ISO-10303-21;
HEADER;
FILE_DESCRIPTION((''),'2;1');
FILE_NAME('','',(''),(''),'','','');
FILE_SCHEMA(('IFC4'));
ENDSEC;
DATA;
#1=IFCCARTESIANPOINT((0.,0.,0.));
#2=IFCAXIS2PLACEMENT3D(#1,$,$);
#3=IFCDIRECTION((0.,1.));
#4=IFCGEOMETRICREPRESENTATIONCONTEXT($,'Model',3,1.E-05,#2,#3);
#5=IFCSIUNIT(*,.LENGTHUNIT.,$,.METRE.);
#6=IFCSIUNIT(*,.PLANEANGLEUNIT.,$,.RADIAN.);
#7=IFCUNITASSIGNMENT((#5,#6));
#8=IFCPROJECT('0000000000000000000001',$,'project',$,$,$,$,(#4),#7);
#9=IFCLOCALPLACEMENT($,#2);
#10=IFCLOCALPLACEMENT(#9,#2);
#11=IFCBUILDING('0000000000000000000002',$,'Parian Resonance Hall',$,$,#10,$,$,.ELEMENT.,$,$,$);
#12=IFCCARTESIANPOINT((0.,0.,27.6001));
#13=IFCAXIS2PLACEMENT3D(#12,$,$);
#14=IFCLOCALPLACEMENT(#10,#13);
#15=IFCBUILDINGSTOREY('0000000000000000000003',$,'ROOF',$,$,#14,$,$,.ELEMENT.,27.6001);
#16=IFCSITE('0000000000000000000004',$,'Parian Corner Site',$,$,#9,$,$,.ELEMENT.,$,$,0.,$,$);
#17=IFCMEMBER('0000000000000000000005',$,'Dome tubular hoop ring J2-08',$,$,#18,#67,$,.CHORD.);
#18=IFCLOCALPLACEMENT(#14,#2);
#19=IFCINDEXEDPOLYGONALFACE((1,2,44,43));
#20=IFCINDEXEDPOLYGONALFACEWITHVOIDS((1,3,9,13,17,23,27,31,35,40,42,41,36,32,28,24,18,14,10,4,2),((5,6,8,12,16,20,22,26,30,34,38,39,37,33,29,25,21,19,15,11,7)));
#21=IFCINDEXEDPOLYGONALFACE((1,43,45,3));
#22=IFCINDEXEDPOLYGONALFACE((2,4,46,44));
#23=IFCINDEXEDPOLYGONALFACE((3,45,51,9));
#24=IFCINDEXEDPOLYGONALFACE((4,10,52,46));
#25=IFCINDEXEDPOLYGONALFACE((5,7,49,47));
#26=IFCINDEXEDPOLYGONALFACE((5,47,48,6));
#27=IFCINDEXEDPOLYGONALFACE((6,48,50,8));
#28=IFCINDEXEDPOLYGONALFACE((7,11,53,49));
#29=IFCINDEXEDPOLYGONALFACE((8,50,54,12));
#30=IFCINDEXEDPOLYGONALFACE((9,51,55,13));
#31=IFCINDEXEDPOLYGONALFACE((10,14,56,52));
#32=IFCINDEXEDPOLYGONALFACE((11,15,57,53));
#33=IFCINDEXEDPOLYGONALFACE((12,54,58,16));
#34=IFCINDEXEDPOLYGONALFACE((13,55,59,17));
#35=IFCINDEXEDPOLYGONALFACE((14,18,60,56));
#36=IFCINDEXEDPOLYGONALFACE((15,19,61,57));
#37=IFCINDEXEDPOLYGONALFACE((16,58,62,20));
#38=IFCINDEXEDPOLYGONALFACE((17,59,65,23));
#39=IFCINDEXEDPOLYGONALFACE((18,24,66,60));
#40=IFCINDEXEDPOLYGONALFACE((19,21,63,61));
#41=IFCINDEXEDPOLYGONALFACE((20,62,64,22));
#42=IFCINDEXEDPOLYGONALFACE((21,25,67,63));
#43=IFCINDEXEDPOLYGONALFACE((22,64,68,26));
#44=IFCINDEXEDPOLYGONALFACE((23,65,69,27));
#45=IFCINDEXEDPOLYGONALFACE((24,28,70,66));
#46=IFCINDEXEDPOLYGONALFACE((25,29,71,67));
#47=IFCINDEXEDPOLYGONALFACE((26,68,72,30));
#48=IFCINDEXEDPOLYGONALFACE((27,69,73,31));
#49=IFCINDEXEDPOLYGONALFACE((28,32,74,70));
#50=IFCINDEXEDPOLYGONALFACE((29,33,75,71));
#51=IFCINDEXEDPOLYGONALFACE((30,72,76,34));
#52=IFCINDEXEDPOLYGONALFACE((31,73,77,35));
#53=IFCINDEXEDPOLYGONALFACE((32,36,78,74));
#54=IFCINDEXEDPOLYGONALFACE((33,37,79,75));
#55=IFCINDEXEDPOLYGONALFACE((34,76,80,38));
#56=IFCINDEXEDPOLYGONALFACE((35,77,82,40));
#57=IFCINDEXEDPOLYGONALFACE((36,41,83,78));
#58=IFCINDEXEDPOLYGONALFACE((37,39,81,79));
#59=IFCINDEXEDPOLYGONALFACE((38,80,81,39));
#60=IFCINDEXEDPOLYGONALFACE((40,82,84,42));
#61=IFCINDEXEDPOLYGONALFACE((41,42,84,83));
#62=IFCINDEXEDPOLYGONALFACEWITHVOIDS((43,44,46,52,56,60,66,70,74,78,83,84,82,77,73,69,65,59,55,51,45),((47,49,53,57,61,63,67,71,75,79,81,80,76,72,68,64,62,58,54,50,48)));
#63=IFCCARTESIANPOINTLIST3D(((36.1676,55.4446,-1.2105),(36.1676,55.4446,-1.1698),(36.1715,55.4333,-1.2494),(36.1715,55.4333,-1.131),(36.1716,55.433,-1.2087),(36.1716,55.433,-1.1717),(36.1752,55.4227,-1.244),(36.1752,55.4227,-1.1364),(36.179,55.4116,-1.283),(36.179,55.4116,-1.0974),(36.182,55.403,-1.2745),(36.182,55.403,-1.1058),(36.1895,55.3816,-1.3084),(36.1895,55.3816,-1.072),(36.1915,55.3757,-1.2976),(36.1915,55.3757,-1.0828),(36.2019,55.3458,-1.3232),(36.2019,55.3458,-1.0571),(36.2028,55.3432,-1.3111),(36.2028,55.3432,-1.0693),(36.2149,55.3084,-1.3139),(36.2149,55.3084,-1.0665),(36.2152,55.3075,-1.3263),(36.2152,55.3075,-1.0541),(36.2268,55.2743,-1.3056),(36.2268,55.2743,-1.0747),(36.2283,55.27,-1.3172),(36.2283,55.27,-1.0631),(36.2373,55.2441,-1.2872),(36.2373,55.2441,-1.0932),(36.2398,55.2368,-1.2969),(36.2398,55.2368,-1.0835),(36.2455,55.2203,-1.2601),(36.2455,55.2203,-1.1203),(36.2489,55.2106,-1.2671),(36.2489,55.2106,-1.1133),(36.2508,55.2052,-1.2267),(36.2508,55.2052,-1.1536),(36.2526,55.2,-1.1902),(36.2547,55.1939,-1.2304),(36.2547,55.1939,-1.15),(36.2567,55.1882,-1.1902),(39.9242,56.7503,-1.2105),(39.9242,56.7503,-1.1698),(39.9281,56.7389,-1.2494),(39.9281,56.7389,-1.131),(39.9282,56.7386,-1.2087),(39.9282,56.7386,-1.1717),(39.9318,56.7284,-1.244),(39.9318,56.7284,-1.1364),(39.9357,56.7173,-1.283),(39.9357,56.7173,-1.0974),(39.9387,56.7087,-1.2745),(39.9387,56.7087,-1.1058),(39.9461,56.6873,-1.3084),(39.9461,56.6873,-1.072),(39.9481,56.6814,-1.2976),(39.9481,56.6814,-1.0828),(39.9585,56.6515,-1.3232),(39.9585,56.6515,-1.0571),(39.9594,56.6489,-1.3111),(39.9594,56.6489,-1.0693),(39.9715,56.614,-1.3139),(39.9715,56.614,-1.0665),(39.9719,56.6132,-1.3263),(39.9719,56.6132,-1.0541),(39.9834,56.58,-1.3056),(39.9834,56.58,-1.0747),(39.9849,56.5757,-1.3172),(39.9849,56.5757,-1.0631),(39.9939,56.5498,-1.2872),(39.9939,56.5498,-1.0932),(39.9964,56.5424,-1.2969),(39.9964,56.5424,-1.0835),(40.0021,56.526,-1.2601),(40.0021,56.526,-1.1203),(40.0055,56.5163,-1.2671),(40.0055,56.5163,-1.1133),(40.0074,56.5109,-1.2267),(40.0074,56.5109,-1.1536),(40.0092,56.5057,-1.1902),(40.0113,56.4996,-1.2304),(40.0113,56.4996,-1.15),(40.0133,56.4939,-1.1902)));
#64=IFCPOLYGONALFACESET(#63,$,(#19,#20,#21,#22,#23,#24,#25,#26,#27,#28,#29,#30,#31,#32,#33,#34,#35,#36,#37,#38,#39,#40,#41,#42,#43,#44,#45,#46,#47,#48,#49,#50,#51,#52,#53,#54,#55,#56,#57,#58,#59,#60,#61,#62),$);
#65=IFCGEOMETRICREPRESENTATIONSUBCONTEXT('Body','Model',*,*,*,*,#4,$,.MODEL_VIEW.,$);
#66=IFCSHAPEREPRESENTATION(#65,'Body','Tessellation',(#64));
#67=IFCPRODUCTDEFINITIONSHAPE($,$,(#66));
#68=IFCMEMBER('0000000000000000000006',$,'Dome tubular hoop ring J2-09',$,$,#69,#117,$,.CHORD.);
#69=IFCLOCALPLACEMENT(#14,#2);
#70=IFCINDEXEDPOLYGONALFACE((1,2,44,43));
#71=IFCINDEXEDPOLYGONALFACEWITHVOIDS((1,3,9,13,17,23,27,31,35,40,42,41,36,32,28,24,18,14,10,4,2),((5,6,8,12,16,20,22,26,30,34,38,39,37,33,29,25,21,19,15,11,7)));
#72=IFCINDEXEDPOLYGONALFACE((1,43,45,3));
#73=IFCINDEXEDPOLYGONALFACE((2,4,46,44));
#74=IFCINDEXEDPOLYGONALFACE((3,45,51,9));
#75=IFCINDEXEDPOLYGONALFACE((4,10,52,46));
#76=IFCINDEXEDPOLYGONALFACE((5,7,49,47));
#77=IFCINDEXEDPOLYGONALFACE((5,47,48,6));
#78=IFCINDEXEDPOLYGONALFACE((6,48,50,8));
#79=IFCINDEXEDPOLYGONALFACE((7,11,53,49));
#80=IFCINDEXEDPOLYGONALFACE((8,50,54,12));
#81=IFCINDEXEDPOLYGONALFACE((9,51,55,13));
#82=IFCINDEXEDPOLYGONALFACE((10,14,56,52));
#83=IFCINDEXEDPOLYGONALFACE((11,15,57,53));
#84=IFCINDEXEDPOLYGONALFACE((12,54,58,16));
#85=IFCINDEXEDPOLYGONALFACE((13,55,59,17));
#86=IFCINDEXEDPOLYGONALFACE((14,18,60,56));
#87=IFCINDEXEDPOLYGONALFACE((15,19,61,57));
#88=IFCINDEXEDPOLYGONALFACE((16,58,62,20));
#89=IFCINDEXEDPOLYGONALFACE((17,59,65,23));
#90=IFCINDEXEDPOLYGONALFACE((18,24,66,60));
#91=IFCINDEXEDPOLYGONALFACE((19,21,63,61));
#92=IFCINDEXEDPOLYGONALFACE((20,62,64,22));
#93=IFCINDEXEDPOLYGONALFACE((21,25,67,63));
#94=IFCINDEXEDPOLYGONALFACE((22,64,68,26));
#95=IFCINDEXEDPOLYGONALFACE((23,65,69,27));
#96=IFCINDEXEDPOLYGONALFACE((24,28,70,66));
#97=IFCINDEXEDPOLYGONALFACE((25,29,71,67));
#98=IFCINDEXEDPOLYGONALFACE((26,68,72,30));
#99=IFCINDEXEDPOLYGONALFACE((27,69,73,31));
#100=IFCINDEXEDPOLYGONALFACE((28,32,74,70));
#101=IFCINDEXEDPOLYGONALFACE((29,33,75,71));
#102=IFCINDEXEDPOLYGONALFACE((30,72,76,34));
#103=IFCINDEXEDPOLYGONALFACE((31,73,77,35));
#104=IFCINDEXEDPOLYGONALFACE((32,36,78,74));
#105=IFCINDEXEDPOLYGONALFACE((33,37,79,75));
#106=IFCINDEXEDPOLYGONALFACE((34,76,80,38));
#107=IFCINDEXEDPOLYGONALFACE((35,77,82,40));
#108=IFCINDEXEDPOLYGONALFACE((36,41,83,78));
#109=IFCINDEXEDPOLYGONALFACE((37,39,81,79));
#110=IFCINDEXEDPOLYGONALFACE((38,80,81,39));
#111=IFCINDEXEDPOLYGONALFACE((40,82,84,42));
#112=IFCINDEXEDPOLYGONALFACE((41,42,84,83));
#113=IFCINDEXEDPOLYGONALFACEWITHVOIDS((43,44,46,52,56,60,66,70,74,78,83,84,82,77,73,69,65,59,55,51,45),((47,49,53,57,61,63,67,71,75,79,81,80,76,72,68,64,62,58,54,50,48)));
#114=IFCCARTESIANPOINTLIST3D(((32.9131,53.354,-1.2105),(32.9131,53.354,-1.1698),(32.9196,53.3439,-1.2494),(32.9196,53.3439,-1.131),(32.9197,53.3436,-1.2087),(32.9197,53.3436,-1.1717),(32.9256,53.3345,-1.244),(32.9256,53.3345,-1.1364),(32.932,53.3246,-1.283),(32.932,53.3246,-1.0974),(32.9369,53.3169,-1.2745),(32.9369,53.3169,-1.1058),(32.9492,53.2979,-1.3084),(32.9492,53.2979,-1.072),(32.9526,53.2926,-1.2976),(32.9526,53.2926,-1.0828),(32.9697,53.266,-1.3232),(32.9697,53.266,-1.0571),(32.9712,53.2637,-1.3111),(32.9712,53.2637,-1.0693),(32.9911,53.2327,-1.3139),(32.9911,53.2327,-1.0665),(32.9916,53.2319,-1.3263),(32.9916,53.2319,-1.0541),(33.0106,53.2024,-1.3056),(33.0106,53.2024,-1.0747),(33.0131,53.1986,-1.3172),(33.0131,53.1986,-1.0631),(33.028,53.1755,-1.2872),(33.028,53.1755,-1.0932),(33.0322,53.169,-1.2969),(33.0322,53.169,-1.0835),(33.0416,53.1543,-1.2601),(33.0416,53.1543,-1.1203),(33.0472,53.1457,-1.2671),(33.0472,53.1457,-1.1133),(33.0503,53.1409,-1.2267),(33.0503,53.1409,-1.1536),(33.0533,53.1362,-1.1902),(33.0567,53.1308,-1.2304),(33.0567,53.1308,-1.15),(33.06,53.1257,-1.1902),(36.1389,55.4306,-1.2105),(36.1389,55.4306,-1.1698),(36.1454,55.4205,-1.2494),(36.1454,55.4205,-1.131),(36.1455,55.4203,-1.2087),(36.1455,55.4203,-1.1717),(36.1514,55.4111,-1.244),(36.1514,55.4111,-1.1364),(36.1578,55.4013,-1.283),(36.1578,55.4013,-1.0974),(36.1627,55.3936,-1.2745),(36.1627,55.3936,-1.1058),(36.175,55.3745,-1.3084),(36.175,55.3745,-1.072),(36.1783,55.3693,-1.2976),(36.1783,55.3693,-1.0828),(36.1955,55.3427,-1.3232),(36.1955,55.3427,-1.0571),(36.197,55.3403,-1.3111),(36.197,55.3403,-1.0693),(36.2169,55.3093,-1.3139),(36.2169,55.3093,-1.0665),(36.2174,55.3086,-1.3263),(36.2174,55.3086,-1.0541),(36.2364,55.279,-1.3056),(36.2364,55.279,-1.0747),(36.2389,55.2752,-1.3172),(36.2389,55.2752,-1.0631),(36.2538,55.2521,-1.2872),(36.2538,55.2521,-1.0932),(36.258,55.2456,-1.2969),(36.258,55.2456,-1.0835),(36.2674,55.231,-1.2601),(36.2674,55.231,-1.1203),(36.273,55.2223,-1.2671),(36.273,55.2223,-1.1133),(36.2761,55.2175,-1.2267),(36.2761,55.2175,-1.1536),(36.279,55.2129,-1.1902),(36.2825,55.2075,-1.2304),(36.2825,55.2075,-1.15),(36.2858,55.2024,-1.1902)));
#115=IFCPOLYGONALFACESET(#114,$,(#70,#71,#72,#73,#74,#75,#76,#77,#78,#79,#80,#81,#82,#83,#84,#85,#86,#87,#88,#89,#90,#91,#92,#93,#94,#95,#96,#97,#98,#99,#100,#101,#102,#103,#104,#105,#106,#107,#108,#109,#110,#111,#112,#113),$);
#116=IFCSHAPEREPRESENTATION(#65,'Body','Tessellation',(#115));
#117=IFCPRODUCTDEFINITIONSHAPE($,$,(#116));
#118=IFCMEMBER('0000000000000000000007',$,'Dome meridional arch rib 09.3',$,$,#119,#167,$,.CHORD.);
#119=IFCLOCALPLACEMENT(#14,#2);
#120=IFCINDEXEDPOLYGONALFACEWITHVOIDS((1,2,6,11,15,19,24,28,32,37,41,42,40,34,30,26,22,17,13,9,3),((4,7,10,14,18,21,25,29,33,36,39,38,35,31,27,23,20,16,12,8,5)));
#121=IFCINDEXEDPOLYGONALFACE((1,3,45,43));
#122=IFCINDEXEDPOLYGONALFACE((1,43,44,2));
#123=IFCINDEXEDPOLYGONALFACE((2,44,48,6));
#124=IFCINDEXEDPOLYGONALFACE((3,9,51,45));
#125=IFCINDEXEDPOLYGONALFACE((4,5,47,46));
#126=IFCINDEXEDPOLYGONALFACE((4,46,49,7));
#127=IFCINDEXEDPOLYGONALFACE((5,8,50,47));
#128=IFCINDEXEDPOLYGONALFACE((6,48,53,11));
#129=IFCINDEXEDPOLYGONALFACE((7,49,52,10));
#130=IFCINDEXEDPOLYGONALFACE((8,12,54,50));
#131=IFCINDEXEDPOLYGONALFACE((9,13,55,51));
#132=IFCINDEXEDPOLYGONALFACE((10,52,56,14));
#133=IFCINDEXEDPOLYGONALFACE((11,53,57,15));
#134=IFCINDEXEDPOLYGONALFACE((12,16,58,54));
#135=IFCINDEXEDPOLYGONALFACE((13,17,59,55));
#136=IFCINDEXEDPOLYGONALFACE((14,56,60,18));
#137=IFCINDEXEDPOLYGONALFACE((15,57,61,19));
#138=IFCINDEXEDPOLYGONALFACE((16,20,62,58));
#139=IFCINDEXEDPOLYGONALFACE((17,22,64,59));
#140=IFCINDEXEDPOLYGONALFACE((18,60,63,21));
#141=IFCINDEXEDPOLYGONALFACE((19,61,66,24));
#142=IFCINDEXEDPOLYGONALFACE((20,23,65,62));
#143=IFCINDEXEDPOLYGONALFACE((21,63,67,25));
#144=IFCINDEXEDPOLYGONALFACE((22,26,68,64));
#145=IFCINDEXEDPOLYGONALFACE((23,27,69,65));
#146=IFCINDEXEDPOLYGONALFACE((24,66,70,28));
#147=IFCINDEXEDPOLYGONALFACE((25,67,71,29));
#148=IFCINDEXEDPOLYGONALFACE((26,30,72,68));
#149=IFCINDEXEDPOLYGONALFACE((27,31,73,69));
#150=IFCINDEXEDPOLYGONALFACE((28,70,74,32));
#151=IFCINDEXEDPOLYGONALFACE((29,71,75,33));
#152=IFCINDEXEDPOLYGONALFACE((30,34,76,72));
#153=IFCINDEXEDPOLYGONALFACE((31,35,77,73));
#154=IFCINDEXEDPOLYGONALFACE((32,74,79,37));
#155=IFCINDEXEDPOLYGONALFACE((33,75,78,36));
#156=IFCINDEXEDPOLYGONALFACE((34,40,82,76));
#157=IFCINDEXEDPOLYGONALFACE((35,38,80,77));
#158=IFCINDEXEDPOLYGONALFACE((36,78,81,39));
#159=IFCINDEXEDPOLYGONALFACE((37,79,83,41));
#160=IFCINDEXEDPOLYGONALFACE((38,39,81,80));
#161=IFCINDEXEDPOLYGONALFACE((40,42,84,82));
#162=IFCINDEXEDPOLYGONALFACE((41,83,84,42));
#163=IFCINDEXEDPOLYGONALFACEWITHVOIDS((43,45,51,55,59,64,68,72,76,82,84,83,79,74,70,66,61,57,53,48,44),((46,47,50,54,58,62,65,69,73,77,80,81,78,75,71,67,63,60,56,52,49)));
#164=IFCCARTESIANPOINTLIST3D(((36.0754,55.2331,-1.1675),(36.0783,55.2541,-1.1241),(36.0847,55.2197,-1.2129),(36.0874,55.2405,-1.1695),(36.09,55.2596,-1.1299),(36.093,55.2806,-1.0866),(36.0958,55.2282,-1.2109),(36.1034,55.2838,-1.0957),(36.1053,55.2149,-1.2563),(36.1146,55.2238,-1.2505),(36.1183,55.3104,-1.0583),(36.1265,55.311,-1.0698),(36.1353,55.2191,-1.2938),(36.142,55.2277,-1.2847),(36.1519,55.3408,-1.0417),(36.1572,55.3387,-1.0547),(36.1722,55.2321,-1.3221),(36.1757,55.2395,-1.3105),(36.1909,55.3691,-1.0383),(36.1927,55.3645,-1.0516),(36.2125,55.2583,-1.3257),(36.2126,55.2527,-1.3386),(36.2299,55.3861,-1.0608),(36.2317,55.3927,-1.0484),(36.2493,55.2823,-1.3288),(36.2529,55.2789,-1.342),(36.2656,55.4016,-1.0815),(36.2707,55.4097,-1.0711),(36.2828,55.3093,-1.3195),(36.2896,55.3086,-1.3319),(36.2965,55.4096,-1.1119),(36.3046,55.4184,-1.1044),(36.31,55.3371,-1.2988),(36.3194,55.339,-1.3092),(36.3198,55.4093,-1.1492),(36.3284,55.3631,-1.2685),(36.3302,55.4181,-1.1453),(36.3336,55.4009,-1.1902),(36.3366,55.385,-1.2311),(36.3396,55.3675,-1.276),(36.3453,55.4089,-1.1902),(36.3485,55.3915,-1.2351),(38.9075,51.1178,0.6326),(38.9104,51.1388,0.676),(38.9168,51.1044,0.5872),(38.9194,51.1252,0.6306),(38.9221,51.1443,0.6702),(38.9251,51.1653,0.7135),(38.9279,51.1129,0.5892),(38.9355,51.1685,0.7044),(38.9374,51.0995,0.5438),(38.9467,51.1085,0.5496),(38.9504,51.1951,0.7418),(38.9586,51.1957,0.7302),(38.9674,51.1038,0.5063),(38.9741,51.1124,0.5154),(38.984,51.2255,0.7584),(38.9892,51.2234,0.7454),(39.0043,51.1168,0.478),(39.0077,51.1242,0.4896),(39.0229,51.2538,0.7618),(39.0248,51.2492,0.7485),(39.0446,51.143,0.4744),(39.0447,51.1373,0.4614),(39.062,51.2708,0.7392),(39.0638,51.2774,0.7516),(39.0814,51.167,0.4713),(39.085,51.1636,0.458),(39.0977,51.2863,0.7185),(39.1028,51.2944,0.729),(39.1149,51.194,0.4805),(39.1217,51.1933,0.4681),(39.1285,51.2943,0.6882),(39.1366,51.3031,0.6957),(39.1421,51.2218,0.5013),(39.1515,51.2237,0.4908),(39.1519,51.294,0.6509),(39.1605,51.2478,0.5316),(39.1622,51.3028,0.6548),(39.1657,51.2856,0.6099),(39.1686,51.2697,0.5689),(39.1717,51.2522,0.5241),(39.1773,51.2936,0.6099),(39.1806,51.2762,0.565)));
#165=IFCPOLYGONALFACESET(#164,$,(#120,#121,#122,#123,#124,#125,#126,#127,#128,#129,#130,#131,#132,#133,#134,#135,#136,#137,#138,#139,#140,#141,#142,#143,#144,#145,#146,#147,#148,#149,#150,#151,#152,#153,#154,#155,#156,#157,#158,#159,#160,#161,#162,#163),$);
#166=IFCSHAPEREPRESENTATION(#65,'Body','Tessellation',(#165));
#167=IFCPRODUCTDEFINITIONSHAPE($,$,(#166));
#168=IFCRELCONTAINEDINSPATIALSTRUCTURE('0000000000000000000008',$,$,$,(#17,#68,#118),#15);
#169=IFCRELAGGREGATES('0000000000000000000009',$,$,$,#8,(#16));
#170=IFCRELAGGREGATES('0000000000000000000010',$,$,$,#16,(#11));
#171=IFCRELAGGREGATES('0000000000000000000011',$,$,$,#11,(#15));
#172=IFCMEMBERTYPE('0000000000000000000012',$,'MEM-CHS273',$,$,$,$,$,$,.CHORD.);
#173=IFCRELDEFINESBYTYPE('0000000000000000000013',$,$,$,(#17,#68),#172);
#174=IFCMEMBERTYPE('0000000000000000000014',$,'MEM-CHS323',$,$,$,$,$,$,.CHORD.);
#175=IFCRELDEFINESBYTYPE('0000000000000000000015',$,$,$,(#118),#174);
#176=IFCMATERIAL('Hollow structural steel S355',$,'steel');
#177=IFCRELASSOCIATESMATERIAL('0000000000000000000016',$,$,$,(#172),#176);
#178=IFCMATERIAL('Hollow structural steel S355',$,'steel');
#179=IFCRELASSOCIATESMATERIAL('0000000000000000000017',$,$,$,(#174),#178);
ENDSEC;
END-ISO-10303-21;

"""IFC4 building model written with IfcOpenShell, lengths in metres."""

from ifc_helpers import new_model, si_unit, direction, frame, origin, origin_2d, place, context, subcontext, project, spatial, hollow_circle, extrude, material, material_profile, profile_set, type_object, element, save


model = new_model("IFC4")

# Units and contexts
model_context = context("Model", 3, precision=1e-05, world=origin(), true_north=direction((0.0, 1.0)))
body_context = subcontext(model_context, "Body", "Model", "MODEL_VIEW")
ifc_project = project(units=[si_unit("LENGTHUNIT", "METRE"), si_unit("PLANEANGLEUNIT", "RADIAN")], contexts=[model_context])

# Site, building, storey
site_placement = place(None, origin())
site = spatial("IfcSite", under=ifc_project, at=site_placement, Name="Parian Corner Site", CompositionType="ELEMENT", RefElevation=0.0)
building_placement = place(site_placement, origin())
building = spatial("IfcBuilding", under=site, at=building_placement, Name="Parian Resonance Hall", CompositionType="ELEMENT")
storey_placement = place(building_placement, frame((0.0, 0.0, 27.6001)))
storey = spatial("IfcBuildingStorey", under=building, at=storey_placement, Name="ROOF", CompositionType="ELEMENT", Elevation=27.6001)

# Members
ifc_material_1 = material(Name="Hollow structural steel S355", Category="steel")
ifc_material_profile_1 = material_profile(ifc_material_1, hollow_circle(Radius=0.1365, WallThickness=0.0125, at=origin_2d()), Name="CHS273x12.5")
ifc_profile_set_1 = profile_set([ifc_material_profile_1], Name="Hollow structural steel S355")
member_type_1 = type_object("IfcMemberType", Name="MEM-CHS273", PredefinedType="CHORD", material=ifc_profile_set_1)
member_1_placement = place(storey_placement, frame((39.9685, 56.6228, -1.1902), z_axis=(-0.944573, -0.328302, 0.0), x_axis=(0.328302, -0.944573, 0.0)))
element("IfcMember", 1, at=member_1_placement, inside=storey, type_object=member_type_1, Name="Dome tubular hoop ring J2-08", PredefinedType="CHORD", context=body_context, shape_type="SweptSolid", body=[
    extrude(hollow_circle(Radius=0.1365, WallThickness=0.0125, at=origin_2d()), origin(), (0.0, 0.0, 1.0), 3.9771),
])
member_2_placement = place(storey_placement, frame((36.2119, 55.3171, -1.1902), z_axis=(-0.840833, -0.541295, 0.0), x_axis=(0.541295, -0.840833, 0.0)))
element("IfcMember", 2, at=member_2_placement, inside=storey, type_object=member_type_1, Name="Dome tubular hoop ring J2-09", PredefinedType="CHORD", context=body_context, shape_type="SweptSolid", body=[
    extrude(hollow_circle(Radius=0.1365, WallThickness=0.0125, at=origin_2d()), origin(), (0.0, 0.0, 1.0), 3.8364),
])
ifc_material_2 = material(Name="Hollow structural steel S355", Category="steel")
ifc_material_profile_2 = material_profile(ifc_material_2, hollow_circle(Radius=0.1619, WallThickness=0.0142, at=origin_2d()), Name="CHS323.9x14.2")
ifc_profile_set_2 = profile_set([ifc_material_profile_2], Name="Hollow structural steel S355")
member_type_2 = type_object("IfcMemberType", Name="MEM-CHS323", PredefinedType="CHORD", material=ifc_profile_set_2)
member_3_placement = place(storey_placement, frame((36.2119, 55.3171, -1.1902), z_axis=(0.533343, -0.775002, 0.338994), x_axis=(0.823779, 0.56691, 0.0)))
element("IfcMember", 3, at=member_3_placement, inside=storey, type_object=member_type_2, Name="Dome meridional arch rib 09.3", PredefinedType="CHORD", context=body_context, shape_type="SweptSolid", body=[
    extrude(hollow_circle(Radius=0.1619, WallThickness=0.0142, at=origin_2d()), origin(), (0.0, 0.0, 1.0), 5.3101),
])

save(model, "model.ifc")
